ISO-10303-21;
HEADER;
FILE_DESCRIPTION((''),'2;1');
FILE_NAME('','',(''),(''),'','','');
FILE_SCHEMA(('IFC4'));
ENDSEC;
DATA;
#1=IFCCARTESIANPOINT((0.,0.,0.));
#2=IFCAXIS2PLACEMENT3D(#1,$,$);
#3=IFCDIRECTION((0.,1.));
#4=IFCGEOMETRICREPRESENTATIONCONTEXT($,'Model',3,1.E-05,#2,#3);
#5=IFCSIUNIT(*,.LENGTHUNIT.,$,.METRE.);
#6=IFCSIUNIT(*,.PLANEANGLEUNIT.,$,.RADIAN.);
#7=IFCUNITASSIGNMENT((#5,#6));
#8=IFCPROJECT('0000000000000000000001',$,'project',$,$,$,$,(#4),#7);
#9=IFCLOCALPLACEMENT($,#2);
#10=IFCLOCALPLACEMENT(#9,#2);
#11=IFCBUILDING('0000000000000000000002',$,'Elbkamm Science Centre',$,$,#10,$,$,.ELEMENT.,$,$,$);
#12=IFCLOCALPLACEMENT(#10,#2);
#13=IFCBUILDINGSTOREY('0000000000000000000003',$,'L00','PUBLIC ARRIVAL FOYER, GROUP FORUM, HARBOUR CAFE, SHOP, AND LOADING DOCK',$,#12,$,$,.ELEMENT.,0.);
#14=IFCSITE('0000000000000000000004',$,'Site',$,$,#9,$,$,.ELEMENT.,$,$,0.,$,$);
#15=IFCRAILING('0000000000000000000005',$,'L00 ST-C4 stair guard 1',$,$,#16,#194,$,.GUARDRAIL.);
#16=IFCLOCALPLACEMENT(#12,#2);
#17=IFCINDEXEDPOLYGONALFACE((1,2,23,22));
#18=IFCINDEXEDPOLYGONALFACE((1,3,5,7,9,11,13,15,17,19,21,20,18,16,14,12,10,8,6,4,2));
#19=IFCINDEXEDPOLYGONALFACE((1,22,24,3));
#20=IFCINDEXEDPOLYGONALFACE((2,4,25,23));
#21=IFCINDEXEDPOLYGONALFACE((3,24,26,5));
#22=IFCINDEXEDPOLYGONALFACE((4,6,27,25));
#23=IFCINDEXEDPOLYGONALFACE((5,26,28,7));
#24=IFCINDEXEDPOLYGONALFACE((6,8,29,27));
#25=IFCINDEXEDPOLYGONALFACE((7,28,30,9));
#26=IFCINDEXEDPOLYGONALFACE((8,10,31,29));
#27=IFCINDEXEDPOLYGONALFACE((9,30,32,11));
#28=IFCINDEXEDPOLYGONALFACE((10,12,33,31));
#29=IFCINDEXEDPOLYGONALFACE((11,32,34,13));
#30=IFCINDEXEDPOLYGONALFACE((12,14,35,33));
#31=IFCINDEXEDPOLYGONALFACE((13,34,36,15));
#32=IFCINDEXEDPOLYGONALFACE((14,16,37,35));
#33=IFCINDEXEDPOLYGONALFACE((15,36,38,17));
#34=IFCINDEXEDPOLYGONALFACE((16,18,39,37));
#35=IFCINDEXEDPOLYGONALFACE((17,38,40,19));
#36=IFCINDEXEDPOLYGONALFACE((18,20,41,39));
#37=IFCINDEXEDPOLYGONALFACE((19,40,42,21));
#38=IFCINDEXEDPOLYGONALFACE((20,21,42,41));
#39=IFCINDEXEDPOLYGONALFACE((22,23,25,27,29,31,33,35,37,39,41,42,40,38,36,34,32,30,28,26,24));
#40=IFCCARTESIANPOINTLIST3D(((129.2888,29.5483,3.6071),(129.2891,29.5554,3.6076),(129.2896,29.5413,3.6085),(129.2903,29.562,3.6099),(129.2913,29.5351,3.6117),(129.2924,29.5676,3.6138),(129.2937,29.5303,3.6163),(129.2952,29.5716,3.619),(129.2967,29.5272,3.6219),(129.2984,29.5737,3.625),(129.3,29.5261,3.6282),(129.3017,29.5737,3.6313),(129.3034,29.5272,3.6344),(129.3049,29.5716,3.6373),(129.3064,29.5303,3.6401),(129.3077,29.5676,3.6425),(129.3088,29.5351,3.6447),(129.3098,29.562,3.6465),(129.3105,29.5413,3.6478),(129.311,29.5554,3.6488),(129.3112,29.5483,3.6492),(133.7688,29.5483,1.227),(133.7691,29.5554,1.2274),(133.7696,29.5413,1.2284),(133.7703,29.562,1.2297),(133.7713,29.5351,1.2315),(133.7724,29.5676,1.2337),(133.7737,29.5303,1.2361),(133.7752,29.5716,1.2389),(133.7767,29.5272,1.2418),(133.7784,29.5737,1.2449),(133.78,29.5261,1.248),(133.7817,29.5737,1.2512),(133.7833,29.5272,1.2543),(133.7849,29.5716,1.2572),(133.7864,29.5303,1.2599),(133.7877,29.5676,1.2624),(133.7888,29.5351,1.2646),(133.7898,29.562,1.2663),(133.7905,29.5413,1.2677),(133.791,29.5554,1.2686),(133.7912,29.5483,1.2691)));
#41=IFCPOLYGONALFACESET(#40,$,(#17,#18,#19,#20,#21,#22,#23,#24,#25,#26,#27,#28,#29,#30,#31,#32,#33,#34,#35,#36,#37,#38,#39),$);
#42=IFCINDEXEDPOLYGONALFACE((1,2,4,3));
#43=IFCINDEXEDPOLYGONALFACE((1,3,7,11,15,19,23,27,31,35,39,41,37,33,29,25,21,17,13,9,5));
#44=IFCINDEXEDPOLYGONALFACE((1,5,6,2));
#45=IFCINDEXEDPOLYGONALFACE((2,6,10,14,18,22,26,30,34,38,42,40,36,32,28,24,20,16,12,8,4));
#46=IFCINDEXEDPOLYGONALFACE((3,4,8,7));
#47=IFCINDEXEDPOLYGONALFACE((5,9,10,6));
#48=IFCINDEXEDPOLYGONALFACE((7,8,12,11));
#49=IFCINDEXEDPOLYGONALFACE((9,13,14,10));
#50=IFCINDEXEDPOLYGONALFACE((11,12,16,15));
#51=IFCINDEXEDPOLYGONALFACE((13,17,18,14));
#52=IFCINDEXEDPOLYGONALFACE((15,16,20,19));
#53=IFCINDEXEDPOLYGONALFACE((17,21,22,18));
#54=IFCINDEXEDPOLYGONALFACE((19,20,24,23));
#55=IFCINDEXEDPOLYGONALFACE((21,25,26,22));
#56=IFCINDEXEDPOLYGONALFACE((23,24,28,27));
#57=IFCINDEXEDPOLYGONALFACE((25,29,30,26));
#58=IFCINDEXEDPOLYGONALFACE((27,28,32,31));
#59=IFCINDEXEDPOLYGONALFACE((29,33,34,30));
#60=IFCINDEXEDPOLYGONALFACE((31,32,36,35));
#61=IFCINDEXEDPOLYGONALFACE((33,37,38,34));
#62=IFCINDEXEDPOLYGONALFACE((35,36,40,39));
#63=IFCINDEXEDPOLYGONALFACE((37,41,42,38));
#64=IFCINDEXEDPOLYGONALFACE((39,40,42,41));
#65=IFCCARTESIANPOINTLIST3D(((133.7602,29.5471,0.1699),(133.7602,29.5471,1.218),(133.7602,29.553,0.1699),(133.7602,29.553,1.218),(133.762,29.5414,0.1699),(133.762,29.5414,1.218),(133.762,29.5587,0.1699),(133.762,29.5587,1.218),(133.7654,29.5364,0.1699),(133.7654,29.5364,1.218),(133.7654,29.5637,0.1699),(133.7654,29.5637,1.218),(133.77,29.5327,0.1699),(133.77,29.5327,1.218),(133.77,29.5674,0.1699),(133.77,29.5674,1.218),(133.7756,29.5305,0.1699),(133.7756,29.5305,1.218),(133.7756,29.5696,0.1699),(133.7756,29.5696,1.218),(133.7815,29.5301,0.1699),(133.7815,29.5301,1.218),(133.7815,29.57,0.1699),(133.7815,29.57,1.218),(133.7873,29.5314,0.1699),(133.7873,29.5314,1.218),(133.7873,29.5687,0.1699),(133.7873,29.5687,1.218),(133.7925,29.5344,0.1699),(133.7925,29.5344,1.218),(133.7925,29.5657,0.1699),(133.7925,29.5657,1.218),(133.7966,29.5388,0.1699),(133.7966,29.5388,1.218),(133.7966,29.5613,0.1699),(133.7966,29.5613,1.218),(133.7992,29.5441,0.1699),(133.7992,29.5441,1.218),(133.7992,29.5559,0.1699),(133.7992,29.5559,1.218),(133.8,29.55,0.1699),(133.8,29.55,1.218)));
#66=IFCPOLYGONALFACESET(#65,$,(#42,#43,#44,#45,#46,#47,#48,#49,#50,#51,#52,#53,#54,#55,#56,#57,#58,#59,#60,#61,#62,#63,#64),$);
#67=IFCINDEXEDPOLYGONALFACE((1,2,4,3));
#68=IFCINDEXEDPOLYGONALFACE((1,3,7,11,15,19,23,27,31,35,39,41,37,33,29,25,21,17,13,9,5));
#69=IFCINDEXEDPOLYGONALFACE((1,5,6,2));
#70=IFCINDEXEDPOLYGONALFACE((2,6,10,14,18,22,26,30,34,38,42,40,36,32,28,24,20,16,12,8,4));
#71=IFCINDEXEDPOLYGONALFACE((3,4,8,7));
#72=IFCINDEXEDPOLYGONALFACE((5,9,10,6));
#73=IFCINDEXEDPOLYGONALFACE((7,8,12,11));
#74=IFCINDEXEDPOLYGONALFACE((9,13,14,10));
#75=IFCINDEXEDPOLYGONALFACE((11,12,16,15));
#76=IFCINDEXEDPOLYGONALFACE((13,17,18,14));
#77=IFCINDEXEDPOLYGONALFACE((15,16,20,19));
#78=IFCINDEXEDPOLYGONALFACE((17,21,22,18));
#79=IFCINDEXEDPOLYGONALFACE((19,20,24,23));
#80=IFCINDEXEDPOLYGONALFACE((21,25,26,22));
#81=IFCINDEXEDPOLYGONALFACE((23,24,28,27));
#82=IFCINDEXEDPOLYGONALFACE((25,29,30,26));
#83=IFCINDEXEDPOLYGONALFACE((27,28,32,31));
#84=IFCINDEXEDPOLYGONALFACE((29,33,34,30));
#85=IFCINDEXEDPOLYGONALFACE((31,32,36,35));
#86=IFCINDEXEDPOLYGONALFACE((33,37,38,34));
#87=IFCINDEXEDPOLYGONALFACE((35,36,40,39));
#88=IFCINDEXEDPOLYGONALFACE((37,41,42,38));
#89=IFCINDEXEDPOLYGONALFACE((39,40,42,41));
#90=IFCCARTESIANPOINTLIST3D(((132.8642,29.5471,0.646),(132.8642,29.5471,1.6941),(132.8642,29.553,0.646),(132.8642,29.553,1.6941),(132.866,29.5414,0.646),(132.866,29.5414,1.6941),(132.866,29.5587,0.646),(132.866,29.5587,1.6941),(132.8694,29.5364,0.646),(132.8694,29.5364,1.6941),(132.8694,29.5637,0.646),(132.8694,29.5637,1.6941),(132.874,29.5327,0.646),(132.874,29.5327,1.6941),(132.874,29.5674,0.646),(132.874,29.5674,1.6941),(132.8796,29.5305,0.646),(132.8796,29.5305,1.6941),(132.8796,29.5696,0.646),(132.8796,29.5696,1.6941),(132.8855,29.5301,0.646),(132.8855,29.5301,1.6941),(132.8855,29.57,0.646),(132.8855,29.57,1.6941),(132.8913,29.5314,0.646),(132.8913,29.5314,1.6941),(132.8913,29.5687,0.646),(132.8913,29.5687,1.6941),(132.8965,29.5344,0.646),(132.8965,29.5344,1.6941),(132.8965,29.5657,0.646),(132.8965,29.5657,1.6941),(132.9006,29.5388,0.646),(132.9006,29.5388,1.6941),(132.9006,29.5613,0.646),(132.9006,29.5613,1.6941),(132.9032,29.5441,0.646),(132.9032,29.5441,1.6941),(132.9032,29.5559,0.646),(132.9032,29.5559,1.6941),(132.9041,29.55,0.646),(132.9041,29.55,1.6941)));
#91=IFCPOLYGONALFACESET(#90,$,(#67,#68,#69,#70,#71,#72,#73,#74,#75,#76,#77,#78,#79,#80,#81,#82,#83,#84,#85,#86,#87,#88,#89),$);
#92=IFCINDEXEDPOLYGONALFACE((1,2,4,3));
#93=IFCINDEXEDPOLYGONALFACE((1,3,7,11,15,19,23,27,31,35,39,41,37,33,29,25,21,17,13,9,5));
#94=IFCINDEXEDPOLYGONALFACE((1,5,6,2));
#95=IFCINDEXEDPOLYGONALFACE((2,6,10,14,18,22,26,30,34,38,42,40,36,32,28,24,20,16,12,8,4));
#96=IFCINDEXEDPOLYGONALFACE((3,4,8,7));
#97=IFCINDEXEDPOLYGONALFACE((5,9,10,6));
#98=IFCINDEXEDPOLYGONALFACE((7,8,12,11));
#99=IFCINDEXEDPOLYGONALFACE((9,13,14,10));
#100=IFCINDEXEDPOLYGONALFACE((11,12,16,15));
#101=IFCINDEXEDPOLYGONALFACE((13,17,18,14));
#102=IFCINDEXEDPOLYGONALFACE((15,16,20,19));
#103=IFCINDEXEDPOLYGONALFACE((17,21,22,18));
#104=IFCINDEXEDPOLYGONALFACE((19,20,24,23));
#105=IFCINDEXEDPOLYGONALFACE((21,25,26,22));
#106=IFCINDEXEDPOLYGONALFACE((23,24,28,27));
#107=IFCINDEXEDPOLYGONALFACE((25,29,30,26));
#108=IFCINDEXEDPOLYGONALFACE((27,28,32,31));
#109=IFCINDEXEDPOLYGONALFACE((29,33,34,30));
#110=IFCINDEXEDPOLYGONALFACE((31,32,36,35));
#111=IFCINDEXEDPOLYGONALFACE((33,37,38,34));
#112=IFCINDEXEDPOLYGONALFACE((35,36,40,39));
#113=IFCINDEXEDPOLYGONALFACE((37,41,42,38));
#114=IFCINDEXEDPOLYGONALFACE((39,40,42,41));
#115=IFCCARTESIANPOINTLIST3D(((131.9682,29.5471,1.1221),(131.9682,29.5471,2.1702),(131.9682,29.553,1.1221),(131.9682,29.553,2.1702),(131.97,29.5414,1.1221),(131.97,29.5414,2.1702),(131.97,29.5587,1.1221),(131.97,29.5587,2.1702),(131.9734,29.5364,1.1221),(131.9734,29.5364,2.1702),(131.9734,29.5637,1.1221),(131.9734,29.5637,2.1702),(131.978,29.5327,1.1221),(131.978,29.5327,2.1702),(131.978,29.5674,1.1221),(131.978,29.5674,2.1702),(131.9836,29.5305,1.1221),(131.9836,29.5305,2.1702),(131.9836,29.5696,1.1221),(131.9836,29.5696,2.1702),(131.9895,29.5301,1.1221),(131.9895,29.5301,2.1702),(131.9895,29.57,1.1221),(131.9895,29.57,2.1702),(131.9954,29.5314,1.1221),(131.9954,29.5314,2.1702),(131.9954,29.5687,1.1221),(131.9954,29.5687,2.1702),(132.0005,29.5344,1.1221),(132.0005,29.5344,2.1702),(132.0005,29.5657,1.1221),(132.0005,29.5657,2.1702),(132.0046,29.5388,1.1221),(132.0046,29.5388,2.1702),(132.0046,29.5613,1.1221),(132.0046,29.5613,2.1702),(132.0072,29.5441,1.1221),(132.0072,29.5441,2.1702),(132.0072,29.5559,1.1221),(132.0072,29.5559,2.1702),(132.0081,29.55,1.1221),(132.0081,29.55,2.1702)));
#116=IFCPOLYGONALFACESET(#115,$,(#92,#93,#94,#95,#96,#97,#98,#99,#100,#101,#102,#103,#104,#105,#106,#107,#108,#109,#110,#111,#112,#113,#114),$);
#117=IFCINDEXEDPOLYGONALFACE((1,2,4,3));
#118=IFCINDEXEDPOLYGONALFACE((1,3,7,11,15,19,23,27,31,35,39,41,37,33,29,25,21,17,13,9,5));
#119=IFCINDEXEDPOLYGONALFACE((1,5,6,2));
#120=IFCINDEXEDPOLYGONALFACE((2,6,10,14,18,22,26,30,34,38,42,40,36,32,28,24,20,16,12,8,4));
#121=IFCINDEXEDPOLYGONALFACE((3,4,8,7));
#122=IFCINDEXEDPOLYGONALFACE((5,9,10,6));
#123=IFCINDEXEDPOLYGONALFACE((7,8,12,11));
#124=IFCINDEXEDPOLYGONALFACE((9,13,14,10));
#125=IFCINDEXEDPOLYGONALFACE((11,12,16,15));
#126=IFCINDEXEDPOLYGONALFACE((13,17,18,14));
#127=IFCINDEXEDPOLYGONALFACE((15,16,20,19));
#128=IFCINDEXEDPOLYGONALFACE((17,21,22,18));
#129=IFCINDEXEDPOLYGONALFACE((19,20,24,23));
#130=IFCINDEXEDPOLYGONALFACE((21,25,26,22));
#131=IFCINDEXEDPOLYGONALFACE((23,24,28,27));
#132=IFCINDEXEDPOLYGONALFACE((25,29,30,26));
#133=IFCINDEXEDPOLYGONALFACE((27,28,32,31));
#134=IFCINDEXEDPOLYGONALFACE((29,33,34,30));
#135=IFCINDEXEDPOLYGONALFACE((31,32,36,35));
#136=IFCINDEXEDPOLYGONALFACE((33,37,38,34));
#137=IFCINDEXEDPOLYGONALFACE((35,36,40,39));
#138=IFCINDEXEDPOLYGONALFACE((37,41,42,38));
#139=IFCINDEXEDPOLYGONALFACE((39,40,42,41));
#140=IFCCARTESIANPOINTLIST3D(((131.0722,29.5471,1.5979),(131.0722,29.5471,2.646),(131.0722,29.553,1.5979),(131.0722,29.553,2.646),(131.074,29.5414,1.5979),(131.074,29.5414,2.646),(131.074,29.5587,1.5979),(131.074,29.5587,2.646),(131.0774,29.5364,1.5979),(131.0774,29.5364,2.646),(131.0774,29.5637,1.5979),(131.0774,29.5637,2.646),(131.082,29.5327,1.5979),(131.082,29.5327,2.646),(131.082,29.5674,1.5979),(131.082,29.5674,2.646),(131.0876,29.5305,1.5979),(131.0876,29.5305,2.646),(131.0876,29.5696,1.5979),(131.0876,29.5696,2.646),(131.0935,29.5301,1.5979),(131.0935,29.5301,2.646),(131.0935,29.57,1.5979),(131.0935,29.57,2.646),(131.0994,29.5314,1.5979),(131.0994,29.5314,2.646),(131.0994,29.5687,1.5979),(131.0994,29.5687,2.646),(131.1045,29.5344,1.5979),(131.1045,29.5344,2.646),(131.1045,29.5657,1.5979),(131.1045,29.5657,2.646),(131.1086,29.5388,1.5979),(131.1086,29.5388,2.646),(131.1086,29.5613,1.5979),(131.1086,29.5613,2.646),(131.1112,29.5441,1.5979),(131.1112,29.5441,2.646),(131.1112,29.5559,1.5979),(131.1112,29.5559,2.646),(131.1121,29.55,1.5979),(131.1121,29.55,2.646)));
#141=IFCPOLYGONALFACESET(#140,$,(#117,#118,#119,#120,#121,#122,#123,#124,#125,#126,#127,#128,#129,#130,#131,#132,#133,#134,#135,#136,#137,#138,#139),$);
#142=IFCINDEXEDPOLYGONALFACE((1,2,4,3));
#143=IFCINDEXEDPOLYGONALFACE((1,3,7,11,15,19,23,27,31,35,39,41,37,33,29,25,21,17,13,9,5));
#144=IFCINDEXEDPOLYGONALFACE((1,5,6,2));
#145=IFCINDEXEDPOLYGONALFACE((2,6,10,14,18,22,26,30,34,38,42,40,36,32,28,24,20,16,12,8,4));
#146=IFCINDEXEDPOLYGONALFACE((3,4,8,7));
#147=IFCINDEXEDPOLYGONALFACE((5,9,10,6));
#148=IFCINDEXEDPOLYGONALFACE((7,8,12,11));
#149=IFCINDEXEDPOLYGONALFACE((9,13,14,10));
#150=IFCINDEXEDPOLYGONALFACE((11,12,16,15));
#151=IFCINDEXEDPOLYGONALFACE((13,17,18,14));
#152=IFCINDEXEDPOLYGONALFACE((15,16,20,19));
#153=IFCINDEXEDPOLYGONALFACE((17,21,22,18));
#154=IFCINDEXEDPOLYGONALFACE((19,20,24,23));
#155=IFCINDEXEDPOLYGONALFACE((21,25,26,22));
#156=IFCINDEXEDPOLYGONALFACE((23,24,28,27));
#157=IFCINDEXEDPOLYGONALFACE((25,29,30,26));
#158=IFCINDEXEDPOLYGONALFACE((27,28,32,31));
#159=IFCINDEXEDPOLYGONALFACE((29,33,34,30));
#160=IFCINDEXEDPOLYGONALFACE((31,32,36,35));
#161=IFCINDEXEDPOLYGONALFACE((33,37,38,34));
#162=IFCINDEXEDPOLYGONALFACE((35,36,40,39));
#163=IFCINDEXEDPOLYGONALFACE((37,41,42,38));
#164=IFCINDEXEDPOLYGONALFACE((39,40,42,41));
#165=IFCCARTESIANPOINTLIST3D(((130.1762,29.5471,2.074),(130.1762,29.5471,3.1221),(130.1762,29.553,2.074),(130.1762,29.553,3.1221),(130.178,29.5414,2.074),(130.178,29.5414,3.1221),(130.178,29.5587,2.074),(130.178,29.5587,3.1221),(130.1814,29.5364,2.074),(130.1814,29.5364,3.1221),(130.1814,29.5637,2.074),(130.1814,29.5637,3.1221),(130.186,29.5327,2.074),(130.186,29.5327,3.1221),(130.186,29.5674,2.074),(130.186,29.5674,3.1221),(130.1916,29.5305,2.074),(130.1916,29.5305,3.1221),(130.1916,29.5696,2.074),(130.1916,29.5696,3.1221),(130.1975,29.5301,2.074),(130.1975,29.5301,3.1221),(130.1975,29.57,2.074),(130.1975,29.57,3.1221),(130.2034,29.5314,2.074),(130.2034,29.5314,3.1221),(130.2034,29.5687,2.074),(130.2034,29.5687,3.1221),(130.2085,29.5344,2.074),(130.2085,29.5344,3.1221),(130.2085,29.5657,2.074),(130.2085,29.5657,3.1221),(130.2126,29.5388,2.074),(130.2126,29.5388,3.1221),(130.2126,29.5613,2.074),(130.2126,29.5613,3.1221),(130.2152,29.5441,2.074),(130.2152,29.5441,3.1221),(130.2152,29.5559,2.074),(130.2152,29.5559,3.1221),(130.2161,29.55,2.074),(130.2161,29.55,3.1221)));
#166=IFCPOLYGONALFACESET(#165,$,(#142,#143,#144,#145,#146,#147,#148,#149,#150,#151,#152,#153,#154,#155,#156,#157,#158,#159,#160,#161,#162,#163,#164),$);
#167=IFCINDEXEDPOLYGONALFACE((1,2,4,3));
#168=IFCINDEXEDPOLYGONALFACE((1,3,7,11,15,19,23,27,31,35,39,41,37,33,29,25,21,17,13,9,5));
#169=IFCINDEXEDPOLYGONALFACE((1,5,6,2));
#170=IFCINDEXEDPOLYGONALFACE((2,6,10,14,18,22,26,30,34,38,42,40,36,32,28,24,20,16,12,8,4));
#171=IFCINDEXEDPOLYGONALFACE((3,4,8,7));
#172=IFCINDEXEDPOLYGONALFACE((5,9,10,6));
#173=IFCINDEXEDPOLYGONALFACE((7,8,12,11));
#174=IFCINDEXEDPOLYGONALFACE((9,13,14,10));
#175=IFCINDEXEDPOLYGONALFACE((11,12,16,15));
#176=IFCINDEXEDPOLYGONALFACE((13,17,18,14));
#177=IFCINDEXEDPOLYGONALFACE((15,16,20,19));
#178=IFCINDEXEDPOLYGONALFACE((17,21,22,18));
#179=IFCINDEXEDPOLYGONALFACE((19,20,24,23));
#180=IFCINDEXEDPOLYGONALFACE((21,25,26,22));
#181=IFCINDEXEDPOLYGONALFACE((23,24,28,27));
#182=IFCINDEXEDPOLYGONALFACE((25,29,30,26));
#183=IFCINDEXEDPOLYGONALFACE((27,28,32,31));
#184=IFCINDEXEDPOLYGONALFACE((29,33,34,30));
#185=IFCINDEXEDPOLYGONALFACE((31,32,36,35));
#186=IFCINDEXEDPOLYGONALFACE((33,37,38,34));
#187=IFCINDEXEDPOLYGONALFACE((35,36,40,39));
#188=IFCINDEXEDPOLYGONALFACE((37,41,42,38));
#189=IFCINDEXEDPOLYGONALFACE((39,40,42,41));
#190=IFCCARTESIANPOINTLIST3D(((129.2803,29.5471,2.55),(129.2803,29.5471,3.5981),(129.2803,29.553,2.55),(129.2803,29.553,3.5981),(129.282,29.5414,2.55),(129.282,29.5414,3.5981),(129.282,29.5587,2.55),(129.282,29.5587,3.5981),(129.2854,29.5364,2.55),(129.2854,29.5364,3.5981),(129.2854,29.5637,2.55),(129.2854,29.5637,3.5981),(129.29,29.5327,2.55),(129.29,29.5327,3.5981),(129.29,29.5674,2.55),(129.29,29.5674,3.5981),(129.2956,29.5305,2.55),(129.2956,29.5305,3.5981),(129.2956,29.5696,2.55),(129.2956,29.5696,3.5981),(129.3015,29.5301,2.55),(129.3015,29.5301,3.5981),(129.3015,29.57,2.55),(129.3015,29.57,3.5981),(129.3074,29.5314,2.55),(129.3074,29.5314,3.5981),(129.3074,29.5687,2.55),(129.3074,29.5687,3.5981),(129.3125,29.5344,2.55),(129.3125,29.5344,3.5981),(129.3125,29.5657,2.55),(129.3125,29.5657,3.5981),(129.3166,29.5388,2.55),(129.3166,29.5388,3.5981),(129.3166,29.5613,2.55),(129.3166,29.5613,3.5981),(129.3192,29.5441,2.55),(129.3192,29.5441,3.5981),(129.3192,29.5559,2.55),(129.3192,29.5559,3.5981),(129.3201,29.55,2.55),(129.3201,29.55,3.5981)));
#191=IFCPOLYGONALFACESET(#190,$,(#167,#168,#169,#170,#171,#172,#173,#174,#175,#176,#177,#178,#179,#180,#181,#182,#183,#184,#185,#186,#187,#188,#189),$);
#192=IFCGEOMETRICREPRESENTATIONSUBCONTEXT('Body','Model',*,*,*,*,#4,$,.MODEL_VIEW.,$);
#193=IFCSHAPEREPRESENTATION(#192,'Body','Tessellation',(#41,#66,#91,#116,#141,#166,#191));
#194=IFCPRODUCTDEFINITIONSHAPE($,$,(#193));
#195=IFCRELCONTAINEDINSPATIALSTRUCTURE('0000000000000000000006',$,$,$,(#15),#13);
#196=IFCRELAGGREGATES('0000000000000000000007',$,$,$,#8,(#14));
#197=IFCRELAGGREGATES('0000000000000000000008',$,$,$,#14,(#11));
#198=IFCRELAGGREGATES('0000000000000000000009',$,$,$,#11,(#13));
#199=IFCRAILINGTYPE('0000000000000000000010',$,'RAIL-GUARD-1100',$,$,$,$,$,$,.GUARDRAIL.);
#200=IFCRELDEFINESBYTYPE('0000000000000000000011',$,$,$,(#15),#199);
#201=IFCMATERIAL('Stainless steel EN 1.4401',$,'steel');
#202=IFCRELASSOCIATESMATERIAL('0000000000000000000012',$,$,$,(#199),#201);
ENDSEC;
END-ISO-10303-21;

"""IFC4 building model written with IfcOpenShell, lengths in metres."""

from ifc_helpers import new_model, si_unit, direction, frame, origin, origin_2d, place, context, subcontext, project, spatial, circle, extrude, material, type_object, element, save


model = new_model("IFC4")

# Units and contexts
model_context = context("Model", 3, precision=1e-05, world=origin(), true_north=direction((0.0, 1.0)))
body_context = subcontext(model_context, "Body", "Model", "MODEL_VIEW")
ifc_project = project(units=[si_unit("LENGTHUNIT", "METRE"), si_unit("PLANEANGLEUNIT", "RADIAN")], contexts=[model_context])

# Site, building, storey
site_placement = place(None, origin())
site = spatial("IfcSite", under=ifc_project, at=site_placement, Name="Site", CompositionType="ELEMENT", RefElevation=0.0)
building_placement = place(site_placement, origin())
building = spatial("IfcBuilding", under=site, at=building_placement, Name="Elbkamm Science Centre", CompositionType="ELEMENT")
storey_placement = place(building_placement, origin())
storey = spatial("IfcBuildingStorey", under=building, at=storey_placement, Name="L00", Description="PUBLIC ARRIVAL FOYER, GROUP FORUM, HARBOUR CAFE, SHOP, AND LOADING DOCK", CompositionType="ELEMENT", Elevation=0.0)

# Railing
ifc_material_1 = material(Name="Stainless steel EN 1.4401", Category="steel")
railing_type_1 = type_object("IfcRailingType", Name="RAIL-GUARD-1100", PredefinedType="GUARDRAIL", material=ifc_material_1)
railing_1_placement = place(storey_placement, frame((133.78, 29.55, 0.1699)))
element("IfcRailing", 1, at=railing_1_placement, inside=storey, type_object=railing_type_1, Name="L00 ST-C4 stair guard 1", PredefinedType="GUARDRAIL", context=body_context, shape_type="SweptSolid", body=[
    extrude(circle(Radius=0.0239, at=origin_2d()), frame((0.0, 0.0, 1.0781), z_axis=(-0.883105, 0.0, 0.469176), x_axis=(0.0, -1.0, 0.0)), (0.0, 0.0, 1.0), 5.073),
    extrude(circle(Radius=0.02, at=origin_2d()), origin(), (0.0, 0.0, 1.0), 1.0481),
    extrude(circle(Radius=0.02, at=origin_2d()), frame((-0.896, 0.0, 0.4761)), (0.0, 0.0, 1.0), 1.0481),
    extrude(circle(Radius=0.02, at=origin_2d()), frame((-1.792, 0.0, 0.9521)), (0.0, 0.0, 1.0), 1.0481),
    extrude(circle(Radius=0.02, at=origin_2d()), frame((-2.688, 0.0, 1.428)), (0.0, 0.0, 1.0), 1.0481),
    extrude(circle(Radius=0.02, at=origin_2d()), frame((-3.584, 0.0, 1.9041)), (0.0, 0.0, 1.0), 1.0481),
    extrude(circle(Radius=0.02, at=origin_2d()), frame((-4.48, 0.0, 2.3801)), (0.0, 0.0, 1.0), 1.0481),
])

save(model, "model.ifc")
